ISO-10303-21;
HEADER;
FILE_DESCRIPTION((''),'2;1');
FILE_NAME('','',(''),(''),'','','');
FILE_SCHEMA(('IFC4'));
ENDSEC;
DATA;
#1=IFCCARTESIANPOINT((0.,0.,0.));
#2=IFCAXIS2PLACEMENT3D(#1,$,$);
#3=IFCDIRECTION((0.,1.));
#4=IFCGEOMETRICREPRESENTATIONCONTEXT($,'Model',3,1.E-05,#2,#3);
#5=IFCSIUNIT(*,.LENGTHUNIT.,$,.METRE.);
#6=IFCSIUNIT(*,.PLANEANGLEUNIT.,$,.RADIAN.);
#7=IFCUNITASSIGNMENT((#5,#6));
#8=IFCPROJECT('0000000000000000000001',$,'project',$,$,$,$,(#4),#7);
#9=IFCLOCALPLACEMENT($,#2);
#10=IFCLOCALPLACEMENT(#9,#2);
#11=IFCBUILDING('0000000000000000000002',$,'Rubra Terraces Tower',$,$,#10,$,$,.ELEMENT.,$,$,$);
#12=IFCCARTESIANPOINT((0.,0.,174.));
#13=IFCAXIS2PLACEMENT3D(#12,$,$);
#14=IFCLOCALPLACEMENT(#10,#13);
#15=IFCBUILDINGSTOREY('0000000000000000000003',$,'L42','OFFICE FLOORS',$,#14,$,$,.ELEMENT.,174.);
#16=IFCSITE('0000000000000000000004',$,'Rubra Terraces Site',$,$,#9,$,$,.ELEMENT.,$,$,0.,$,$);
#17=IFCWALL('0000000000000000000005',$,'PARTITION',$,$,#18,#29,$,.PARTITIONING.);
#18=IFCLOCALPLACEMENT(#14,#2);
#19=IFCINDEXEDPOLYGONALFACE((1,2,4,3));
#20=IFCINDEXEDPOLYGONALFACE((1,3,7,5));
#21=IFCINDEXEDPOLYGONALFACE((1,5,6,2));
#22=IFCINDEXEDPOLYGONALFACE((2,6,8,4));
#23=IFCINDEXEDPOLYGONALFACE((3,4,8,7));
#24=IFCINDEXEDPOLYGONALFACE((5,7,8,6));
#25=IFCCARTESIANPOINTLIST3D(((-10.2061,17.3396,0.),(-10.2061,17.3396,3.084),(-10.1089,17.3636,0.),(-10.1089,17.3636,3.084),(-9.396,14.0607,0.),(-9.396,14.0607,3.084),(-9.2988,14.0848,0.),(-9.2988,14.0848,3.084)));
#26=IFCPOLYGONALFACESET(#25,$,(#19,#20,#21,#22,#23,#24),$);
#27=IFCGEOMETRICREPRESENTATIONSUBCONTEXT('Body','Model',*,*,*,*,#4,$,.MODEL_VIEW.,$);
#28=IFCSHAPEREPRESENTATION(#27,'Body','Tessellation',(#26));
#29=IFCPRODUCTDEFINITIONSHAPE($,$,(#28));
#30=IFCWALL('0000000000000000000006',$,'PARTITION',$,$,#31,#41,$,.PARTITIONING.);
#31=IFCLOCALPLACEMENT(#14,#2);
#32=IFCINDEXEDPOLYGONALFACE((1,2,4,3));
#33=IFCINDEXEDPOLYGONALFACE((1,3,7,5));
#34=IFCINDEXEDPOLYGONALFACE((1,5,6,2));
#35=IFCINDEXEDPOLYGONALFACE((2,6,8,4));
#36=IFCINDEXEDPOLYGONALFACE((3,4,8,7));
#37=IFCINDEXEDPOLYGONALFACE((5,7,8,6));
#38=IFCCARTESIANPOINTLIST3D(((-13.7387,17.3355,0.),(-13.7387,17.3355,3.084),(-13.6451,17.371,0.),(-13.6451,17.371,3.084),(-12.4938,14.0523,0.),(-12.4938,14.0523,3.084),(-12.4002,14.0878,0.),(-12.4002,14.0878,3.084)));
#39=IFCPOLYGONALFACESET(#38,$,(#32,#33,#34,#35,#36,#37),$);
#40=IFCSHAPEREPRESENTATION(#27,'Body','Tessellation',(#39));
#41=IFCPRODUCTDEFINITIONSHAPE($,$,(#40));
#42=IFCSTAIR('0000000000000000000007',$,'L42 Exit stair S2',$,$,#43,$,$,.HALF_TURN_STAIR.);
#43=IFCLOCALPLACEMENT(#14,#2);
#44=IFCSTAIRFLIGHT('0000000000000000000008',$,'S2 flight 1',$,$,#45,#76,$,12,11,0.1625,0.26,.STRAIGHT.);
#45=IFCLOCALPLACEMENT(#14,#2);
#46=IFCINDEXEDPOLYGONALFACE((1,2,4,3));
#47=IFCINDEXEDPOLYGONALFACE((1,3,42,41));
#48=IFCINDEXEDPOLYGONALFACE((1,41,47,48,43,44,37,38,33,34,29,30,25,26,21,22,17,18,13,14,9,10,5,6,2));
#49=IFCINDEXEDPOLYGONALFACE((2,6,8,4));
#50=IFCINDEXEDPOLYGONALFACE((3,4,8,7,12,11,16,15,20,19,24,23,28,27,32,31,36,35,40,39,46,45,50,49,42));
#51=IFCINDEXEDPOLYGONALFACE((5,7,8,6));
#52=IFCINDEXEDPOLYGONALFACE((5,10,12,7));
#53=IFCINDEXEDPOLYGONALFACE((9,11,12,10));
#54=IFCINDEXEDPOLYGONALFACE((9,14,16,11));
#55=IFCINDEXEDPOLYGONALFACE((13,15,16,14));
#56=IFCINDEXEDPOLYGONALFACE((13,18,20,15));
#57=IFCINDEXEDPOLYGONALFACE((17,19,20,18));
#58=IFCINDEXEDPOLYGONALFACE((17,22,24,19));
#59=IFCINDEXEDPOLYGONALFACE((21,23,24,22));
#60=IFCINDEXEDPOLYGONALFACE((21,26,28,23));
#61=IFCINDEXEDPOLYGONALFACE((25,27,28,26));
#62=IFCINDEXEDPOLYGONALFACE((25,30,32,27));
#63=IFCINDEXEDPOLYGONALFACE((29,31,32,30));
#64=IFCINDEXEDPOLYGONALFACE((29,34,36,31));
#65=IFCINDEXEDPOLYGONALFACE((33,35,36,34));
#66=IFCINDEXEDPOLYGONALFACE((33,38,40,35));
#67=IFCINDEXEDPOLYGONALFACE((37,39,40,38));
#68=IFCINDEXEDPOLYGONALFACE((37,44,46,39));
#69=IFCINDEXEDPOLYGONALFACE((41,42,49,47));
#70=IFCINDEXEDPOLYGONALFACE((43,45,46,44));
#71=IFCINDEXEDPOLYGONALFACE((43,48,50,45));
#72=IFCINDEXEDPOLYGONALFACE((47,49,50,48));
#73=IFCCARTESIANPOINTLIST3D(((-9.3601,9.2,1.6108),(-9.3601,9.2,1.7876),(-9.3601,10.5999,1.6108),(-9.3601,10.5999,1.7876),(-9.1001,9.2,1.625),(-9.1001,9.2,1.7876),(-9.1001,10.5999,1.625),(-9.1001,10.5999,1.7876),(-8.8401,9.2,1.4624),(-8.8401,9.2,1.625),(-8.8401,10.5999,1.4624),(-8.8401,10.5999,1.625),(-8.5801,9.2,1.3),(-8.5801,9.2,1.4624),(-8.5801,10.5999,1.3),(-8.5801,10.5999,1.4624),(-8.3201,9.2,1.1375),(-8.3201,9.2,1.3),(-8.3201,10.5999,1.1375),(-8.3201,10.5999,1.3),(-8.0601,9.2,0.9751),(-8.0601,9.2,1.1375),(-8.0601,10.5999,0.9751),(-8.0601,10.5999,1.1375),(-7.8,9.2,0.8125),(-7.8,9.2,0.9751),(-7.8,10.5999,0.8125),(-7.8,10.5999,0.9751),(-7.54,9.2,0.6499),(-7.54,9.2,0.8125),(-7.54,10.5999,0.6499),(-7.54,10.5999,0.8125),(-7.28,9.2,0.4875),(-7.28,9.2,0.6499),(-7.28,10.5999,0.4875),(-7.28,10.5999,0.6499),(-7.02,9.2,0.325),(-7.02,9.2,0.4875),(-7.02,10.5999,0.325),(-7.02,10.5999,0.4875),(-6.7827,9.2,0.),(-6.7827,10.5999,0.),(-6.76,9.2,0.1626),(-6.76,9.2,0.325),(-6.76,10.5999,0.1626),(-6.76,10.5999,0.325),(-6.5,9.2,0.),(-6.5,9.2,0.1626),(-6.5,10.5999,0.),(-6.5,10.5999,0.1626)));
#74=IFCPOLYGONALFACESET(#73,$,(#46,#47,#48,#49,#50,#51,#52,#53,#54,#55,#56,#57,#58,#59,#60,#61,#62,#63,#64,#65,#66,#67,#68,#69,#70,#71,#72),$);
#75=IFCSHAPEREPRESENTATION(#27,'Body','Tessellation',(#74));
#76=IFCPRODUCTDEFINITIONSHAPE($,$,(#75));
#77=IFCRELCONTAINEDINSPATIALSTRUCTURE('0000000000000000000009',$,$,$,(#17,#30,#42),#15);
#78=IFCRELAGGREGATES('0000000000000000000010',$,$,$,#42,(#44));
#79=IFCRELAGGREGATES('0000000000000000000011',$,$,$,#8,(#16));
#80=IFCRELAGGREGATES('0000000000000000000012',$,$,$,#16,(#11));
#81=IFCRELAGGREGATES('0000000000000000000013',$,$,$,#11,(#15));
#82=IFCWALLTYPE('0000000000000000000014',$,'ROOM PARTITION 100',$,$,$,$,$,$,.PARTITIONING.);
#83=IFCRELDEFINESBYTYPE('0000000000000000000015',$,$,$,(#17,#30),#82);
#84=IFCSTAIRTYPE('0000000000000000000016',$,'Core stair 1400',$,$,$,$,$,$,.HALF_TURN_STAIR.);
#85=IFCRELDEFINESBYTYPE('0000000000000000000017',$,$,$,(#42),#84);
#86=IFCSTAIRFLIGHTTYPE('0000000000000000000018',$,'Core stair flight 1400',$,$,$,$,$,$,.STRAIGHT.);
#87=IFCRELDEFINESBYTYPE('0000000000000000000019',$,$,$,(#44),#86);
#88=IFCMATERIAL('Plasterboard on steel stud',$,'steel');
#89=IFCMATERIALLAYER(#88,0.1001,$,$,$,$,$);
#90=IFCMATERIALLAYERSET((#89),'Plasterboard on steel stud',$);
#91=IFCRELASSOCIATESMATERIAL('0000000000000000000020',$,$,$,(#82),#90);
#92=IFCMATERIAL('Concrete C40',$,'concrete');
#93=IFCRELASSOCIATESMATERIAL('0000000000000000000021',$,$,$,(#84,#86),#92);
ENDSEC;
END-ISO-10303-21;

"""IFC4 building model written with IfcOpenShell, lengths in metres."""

from ifc_helpers import new_model, si_unit, direction, frame, frame_2d, origin, place, context, subcontext, project, spatial, polyline, rectangle, outline, extrude, material, layer, layer_set, type_object, element, aggregate, save


model = new_model("IFC4")

# Units and contexts
model_context = context("Model", 3, precision=1e-05, world=origin(), true_north=direction((0.0, 1.0)))
body_context = subcontext(model_context, "Body", "Model", "MODEL_VIEW")
ifc_project = project(units=[si_unit("LENGTHUNIT", "METRE"), si_unit("PLANEANGLEUNIT", "RADIAN")], contexts=[model_context])

# Site, building, storey
site_placement = place(None, origin())
site = spatial("IfcSite", under=ifc_project, at=site_placement, Name="Rubra Terraces Site", CompositionType="ELEMENT", RefElevation=0.0)
building_placement = place(site_placement, origin())
building = spatial("IfcBuilding", under=site, at=building_placement, Name="Rubra Terraces Tower", CompositionType="ELEMENT")
storey_placement = place(building_placement, frame((0.0, 0.0, 174.0)))
storey = spatial("IfcBuildingStorey", under=building, at=storey_placement, Name="L42", Description="OFFICE FLOORS", CompositionType="ELEMENT", Elevation=174.0)

# Shared definitions
ifc_material_1 = material(Name="Concrete C40", Category="concrete")

# Shared definitions
ifc_material_2 = material(Name="Plasterboard on steel stud", Category="steel")
ifc_layer_1 = layer(ifc_material_2, 0.1001)
ifc_layer_set_1 = layer_set([ifc_layer_1], Name="Plasterboard on steel stud")
wall_type_1 = type_object("IfcWallType", Name="ROOM PARTITION 100", PredefinedType="PARTITIONING", material=ifc_layer_set_1)

# Walls
wall_1_placement = place(storey_placement, frame((-9.3474, 14.0728, 0.0), z_axis=(0.0, 0.0, 1.0), x_axis=(-0.239847, 0.970811, 0.0)))
element("IfcWall", 1, at=wall_1_placement, inside=storey, type_object=wall_type_1, Name="PARTITION", PredefinedType="PARTITIONING", context=body_context, shape_type="SweptSolid", body=[
    extrude(rectangle(XDim=3.3774, YDim=0.1001, at=frame_2d((1.6887, 0.0))), origin(), (0.0, 0.0, 1.0), 3.084),
])
wall_2_placement = place(storey_placement, frame((-12.447, 14.0701, 0.0), z_axis=(0.0, 0.0, 1.0), x_axis=(-0.354535, 0.935043, 0.0)))
element("IfcWall", 2, at=wall_2_placement, inside=storey, type_object=wall_type_1, Name="PARTITION", PredefinedType="PARTITIONING", context=body_context, shape_type="SweptSolid", body=[
    extrude(rectangle(XDim=3.5112, YDim=0.1001, at=frame_2d((1.7556, 0.0))), origin(), (0.0, 0.0, 1.0), 3.084),
])

# Stair, stair flight
stair_type = type_object("IfcStairType", Name="Core stair 1400", PredefinedType="HALF_TURN_STAIR", material=ifc_material_1)
stair_placement = place(storey_placement, origin())
stair = element("IfcStair", 3, at=stair_placement, inside=storey, type_object=stair_type, Name="L42 Exit stair S2", PredefinedType="HALF_TURN_STAIR")
stair_flight_type = type_object("IfcStairFlightType", Name="Core stair flight 1400", PredefinedType="STRAIGHT", material=ifc_material_1)
stair_flight_placement = place(storey_placement, frame((-6.5, 9.8999, 0.0), z_axis=(0.0, 0.0, 1.0), x_axis=(-1.0, 0.0, 0.0)))
stair_flight = element("IfcStairFlight", 4, at=stair_flight_placement, type_object=stair_flight_type, Name="S2 flight 1", NumberOfRisers=12, NumberOfTreads=11, PredefinedType="STRAIGHT", RiserHeight=0.1625, TreadLength=0.26, context=body_context, shape_type="SweptSolid", body=[
    extrude(outline(polyline([(0.0, 0.0), (0.0, 0.1626), (0.26, 0.1626), (0.26, 0.325), (0.52, 0.325), (0.52, 0.4875), (0.78, 0.4875), (0.78, 0.6499), (1.04, 0.6499), (1.04, 0.8125), (1.3, 0.8125), (1.3, 0.9751), (1.5601, 0.9751), (1.5601, 1.1375), (1.8201, 1.1375), (1.8201, 1.3), (2.0801, 1.3), (2.0801, 1.4624), (2.3401, 1.4624), (2.3401, 1.625), (2.6001, 1.625), (2.6001, 1.7876), (2.8601, 1.7876), (2.8601, 1.95), (2.8601, 1.6108), (0.2827, 0.0), (0.0, 0.0)])), frame((0.0, 0.7, 0.0), z_axis=(0.0, -1.0, 0.0), x_axis=(1.0, 0.0, 0.0)), (0.0, 0.0, 1.0), 1.3999),
])
aggregate(stair, [stair_flight])

save(model, "model.ifc")
